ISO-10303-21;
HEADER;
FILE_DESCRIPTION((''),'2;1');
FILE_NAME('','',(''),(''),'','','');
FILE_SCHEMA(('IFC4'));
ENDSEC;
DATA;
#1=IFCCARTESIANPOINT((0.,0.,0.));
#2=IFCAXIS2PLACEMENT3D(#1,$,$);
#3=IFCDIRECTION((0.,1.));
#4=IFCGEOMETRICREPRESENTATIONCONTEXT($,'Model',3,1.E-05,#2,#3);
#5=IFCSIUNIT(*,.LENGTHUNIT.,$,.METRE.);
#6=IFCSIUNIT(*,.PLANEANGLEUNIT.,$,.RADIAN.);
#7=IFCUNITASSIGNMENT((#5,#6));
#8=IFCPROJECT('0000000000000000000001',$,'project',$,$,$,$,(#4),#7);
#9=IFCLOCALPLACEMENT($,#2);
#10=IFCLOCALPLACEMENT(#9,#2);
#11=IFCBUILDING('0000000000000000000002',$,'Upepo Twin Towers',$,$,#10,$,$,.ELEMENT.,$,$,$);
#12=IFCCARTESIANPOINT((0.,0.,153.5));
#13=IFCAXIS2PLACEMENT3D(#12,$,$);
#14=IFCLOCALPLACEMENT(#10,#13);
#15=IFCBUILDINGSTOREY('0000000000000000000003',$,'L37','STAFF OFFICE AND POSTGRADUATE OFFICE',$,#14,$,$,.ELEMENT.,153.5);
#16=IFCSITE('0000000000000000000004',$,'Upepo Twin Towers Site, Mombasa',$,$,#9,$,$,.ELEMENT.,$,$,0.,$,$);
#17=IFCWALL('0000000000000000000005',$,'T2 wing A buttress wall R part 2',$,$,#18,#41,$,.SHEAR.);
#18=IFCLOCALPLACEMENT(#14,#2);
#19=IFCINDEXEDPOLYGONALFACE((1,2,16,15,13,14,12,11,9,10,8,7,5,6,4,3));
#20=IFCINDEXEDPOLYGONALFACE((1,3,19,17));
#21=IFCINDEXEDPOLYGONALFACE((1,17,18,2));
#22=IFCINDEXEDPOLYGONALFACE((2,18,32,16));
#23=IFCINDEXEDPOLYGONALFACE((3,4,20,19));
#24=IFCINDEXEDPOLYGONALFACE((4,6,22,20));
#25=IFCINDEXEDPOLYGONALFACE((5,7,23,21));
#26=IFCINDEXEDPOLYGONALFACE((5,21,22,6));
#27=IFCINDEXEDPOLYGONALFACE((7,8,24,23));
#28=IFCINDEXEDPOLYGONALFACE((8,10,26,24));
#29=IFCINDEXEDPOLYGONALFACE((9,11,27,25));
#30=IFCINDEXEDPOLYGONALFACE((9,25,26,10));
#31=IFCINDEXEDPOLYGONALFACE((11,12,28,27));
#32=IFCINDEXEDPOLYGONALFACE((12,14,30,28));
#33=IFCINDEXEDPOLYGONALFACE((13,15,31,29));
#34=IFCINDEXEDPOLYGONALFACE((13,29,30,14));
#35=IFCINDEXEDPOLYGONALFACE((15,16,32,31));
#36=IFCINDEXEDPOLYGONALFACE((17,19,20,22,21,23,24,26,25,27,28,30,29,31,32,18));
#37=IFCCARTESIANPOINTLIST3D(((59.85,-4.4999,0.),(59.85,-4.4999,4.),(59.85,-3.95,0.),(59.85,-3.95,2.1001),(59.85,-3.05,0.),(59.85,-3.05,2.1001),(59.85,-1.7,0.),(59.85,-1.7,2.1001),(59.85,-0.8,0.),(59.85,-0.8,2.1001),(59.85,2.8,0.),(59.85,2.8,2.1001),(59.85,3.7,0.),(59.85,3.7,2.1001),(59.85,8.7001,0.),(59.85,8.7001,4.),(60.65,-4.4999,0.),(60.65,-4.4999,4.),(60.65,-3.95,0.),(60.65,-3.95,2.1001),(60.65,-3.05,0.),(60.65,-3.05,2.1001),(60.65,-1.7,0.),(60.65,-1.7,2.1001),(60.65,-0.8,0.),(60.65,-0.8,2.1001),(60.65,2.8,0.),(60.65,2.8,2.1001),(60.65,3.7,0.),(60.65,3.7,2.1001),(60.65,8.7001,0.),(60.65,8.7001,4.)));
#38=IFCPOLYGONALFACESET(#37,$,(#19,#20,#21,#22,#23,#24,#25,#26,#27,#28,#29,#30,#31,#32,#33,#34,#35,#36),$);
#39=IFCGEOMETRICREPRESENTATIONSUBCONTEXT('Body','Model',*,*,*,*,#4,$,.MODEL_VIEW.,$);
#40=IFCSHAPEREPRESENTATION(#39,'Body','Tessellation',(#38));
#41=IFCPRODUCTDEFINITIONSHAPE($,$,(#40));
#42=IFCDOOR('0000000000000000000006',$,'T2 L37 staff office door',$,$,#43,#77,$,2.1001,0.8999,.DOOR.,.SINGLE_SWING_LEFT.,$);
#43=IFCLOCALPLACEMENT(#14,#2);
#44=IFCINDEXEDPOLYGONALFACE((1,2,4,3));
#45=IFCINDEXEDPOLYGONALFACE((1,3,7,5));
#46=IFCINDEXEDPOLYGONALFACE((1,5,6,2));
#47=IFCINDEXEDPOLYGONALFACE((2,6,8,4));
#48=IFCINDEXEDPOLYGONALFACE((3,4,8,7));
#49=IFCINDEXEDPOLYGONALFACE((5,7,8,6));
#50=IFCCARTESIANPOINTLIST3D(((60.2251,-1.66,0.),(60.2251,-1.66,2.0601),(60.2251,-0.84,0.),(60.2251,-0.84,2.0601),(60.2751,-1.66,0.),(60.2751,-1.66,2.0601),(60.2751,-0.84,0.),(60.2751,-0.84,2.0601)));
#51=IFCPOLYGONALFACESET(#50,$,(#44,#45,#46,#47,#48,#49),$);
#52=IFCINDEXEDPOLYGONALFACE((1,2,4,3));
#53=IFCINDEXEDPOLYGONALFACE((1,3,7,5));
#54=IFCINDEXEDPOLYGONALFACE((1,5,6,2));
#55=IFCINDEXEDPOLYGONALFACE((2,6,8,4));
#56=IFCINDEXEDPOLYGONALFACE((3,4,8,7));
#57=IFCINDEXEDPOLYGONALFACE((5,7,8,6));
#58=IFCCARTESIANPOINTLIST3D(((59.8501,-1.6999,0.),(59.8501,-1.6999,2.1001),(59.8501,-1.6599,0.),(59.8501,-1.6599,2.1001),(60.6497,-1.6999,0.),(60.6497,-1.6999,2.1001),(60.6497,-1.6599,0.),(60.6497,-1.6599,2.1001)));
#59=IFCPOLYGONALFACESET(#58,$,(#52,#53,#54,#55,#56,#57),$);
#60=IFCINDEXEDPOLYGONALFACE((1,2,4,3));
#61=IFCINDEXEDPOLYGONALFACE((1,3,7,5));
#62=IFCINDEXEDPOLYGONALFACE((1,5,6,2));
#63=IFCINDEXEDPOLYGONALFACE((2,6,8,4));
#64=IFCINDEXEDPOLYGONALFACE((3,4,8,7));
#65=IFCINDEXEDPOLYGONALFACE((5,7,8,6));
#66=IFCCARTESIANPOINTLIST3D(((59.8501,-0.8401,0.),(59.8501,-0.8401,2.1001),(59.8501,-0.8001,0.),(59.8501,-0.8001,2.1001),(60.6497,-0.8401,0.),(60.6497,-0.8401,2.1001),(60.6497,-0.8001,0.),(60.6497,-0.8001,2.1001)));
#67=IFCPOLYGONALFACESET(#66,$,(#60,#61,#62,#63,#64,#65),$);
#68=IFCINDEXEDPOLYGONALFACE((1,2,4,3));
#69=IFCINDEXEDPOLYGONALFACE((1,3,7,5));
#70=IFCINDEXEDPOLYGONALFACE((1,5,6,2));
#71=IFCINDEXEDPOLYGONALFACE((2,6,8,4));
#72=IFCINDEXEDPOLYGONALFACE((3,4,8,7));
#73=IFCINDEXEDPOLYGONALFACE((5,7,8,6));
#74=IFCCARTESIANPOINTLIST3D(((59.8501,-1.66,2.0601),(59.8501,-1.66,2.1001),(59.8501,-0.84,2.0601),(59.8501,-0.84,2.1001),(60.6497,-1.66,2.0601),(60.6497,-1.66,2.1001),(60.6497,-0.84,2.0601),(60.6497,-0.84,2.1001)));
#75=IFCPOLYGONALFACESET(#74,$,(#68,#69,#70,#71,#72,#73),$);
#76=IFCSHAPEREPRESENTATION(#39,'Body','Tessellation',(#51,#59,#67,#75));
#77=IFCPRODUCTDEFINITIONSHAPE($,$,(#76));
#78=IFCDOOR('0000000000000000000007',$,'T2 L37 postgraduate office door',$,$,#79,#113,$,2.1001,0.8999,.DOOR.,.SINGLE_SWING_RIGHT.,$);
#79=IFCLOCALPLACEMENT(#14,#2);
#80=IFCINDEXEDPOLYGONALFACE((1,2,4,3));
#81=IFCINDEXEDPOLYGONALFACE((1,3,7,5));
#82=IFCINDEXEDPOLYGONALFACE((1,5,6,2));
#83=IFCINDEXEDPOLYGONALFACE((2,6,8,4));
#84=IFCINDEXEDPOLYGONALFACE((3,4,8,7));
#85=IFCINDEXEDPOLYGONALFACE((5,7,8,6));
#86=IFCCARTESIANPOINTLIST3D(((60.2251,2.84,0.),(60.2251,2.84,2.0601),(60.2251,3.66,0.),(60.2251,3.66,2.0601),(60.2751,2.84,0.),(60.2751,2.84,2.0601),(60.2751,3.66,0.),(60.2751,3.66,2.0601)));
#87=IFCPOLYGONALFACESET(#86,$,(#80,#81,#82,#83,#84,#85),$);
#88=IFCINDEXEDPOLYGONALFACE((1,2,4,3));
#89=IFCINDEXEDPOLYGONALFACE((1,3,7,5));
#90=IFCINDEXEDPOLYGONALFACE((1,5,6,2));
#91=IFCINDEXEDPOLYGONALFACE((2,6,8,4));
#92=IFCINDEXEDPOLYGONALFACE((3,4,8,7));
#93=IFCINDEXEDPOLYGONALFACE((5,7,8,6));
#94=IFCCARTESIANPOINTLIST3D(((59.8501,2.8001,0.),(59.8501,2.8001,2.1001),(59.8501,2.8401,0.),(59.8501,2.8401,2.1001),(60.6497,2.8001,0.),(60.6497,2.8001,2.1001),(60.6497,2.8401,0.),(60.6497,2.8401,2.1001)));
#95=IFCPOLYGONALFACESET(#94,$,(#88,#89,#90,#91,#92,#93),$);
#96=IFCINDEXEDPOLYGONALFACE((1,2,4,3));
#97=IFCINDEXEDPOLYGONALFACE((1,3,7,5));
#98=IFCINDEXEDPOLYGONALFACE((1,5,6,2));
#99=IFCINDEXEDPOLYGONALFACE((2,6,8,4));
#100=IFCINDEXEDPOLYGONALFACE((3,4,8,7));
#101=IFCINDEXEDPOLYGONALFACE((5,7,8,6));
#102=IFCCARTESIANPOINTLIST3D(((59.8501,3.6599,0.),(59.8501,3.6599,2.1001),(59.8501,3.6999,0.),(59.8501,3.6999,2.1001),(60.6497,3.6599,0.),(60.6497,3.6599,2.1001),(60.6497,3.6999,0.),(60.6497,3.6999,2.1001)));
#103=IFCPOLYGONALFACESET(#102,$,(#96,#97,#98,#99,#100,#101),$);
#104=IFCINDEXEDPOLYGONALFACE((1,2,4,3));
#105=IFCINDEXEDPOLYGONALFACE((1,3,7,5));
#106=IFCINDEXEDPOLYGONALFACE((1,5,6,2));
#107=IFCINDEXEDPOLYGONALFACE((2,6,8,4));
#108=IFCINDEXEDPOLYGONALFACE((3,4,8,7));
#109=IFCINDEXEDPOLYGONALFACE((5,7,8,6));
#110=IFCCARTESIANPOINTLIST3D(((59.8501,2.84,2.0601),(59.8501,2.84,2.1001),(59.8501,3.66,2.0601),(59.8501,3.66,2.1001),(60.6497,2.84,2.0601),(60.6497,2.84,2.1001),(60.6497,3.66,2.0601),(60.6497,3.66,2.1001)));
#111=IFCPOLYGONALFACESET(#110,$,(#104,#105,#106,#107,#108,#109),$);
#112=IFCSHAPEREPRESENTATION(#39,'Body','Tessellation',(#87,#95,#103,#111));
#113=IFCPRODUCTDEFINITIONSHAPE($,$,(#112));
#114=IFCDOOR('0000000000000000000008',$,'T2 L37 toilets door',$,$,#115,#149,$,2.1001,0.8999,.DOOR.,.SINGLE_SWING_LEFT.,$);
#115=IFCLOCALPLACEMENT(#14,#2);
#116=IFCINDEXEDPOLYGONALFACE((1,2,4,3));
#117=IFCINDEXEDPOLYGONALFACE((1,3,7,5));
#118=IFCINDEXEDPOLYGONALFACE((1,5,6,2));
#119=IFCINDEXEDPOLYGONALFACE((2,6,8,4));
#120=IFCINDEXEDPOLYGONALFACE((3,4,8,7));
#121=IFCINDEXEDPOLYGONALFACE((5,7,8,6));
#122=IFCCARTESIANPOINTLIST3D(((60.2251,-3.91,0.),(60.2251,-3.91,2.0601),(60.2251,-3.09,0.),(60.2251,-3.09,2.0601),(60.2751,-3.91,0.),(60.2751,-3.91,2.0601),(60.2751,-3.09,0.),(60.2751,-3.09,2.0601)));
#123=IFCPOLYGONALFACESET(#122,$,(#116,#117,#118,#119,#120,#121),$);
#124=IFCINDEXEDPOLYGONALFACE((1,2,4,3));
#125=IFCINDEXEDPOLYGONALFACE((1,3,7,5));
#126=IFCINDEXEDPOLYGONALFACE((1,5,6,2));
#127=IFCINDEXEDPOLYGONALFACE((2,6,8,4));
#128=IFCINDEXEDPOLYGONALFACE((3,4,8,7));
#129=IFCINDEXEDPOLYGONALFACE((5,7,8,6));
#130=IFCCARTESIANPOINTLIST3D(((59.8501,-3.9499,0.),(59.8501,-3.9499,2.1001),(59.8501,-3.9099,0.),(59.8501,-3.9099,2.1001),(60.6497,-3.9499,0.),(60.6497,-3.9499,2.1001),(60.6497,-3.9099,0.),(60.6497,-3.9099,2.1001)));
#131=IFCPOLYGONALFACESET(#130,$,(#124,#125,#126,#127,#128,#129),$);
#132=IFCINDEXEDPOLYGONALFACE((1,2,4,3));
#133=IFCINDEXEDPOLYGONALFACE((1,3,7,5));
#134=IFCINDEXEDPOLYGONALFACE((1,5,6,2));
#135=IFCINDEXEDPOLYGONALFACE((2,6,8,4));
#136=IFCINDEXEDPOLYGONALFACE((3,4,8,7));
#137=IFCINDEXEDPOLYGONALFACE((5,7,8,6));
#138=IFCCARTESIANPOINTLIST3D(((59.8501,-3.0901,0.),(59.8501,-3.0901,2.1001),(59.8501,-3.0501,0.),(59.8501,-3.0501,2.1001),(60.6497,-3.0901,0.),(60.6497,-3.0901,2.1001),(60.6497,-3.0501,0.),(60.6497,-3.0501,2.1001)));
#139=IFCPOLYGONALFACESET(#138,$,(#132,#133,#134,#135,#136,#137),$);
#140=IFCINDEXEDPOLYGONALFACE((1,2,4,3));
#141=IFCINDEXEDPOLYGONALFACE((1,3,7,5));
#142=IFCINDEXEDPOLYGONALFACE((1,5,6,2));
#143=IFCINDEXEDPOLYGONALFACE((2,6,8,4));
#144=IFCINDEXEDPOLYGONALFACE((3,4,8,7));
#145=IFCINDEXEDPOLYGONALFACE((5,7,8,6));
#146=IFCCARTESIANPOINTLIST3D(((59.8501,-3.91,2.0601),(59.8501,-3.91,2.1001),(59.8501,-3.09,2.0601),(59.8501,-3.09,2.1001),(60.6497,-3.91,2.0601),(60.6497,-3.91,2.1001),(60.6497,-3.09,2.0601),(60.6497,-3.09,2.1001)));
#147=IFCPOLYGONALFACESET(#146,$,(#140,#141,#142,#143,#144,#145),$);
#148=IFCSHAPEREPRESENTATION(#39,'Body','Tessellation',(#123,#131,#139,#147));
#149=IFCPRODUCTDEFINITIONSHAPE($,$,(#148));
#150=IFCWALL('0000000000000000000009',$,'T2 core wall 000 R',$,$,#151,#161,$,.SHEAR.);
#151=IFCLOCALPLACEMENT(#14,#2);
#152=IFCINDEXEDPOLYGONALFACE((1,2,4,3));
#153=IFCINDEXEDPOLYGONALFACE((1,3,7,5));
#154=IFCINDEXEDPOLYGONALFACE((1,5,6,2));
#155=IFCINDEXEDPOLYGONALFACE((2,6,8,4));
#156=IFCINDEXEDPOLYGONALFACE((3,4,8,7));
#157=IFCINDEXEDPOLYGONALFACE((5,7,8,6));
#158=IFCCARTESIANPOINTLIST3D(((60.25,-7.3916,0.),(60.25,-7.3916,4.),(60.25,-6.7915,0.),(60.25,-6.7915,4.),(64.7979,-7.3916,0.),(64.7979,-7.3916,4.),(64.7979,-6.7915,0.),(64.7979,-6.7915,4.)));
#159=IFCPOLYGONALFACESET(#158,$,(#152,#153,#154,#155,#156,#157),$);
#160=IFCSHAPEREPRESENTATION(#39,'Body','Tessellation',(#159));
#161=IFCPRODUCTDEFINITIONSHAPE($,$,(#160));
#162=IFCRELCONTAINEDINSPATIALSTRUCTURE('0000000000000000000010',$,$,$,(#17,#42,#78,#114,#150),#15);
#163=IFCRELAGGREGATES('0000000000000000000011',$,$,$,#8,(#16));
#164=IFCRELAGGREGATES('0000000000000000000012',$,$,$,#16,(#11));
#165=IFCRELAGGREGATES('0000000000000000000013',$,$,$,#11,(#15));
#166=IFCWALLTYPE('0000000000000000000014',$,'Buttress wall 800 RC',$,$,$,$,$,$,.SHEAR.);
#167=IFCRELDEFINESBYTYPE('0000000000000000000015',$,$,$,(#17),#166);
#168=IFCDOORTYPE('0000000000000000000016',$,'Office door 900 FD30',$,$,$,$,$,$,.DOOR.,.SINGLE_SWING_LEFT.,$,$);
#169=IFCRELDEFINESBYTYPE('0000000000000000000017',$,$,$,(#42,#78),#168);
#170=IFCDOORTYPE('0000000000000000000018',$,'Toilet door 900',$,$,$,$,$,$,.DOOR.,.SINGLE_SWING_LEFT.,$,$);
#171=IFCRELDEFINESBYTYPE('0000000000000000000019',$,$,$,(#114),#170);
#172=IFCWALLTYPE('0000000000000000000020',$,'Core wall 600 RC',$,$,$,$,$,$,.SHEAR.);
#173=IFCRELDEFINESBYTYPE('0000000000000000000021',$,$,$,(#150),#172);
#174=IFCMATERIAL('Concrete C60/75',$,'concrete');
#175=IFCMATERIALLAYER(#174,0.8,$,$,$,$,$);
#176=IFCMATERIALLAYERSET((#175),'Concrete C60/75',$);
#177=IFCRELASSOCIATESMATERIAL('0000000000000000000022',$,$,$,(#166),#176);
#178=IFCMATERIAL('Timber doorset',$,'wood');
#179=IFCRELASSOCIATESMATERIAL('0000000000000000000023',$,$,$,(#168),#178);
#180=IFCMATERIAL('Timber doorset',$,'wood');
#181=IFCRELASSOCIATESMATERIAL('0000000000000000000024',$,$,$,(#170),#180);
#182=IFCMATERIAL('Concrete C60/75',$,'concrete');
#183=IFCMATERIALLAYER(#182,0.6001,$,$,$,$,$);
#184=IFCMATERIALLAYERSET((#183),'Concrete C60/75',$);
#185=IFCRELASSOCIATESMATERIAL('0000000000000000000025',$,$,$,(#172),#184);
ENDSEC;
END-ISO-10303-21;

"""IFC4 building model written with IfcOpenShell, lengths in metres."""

from ifc_helpers import new_model, si_unit, direction, frame, frame_2d, origin, place, context, subcontext, project, spatial, rectangle, extrude, material, layer, layer_set, type_object, element, fill, save


model = new_model("IFC4")

# Units and contexts
model_context = context("Model", 3, precision=1e-05, world=origin(), true_north=direction((0.0, 1.0)))
body_context = subcontext(model_context, "Body", "Model", "MODEL_VIEW")
ifc_project = project(units=[si_unit("LENGTHUNIT", "METRE"), si_unit("PLANEANGLEUNIT", "RADIAN")], contexts=[model_context])

# Site, building, storey
site_placement = place(None, origin())
site = spatial("IfcSite", under=ifc_project, at=site_placement, Name="Upepo Twin Towers Site, Mombasa", CompositionType="ELEMENT", RefElevation=0.0)
building_placement = place(site_placement, origin())
building = spatial("IfcBuilding", under=site, at=building_placement, Name="Upepo Twin Towers", CompositionType="ELEMENT")
storey_placement = place(building_placement, frame((0.0, 0.0, 153.5)))
storey = spatial("IfcBuildingStorey", under=building, at=storey_placement, Name="L37", Description="STAFF OFFICE AND POSTGRADUATE OFFICE", CompositionType="ELEMENT", Elevation=153.5)

# Wall, openings, doors
ifc_material_1 = material(Name="Concrete C60/75", Category="concrete")
ifc_layer_1 = layer(ifc_material_1, 0.8)
ifc_layer_set_1 = layer_set([ifc_layer_1], Name="Concrete C60/75")
wall_type_1 = type_object("IfcWallType", Name="Buttress wall 800 RC", PredefinedType="SHEAR", material=ifc_layer_set_1)
ifc_material_2 = material(Name="Timber doorset", Category="wood")
door_type_1 = type_object("IfcDoorType", Name="Office door 900 FD30", OperationType="SINGLE_SWING_LEFT", PredefinedType="DOOR", material=ifc_material_2)
ifc_material_3 = material(Name="Timber doorset", Category="wood")
door_type_2 = type_object("IfcDoorType", Name="Toilet door 900", OperationType="SINGLE_SWING_LEFT", PredefinedType="DOOR", material=ifc_material_3)
wall_1_placement = place(storey_placement, frame((60.25, -4.5, 0.0), z_axis=(0.0, 0.0, 1.0), x_axis=(0.0, 1.0, 0.0)))
wall_1 = element("IfcWall", 1, at=wall_1_placement, inside=storey, type_object=wall_type_1, Name="T2 wing A buttress wall R part 2", PredefinedType="SHEAR", context=body_context, shape_type="SweptSolid", body=[
    extrude(rectangle(XDim=13.2, YDim=0.8, at=frame_2d((6.6001, 0.0))), origin(), (0.0, 0.0, 1.0), 4.0),
])
opening_1_placement = place(wall_1_placement, frame((0.55, 0.0, 0.0)))
opening_1 = element("IfcOpeningElement", 2, at=opening_1_placement, cuts=wall_1, PredefinedType="OPENING", context=body_context, shape_type="SweptSolid", body=[
    extrude(rectangle(XDim=0.8999, YDim=2.1001, at=frame_2d((0.45, 1.05))), frame((0.0, 0.4099, 0.0), z_axis=(0.0, -1.0, 0.0), x_axis=(1.0, 0.0, 0.0)), (0.0, 0.0, 1.0), 0.8201),
])
opening_2_placement = place(wall_1_placement, frame((2.8, 0.0, 0.0)))
opening_2 = element("IfcOpeningElement", 3, at=opening_2_placement, cuts=wall_1, PredefinedType="OPENING", context=body_context, shape_type="SweptSolid", body=[
    extrude(rectangle(XDim=0.8999, YDim=2.1001, at=frame_2d((0.45, 1.05))), frame((0.0, 0.4099, 0.0), z_axis=(0.0, -1.0, 0.0), x_axis=(1.0, 0.0, 0.0)), (0.0, 0.0, 1.0), 0.8201),
])
opening_3_placement = place(wall_1_placement, frame((7.3, 0.0, 0.0)))
opening_3 = element("IfcOpeningElement", 4, at=opening_3_placement, cuts=wall_1, PredefinedType="OPENING", context=body_context, shape_type="SweptSolid", body=[
    extrude(rectangle(XDim=0.8999, YDim=2.1001, at=frame_2d((0.45, 1.05))), frame((0.0, 0.4099, 0.0), z_axis=(0.0, -1.0, 0.0), x_axis=(1.0, 0.0, 0.0)), (0.0, 0.0, 1.0), 0.8201),
])
door_1_placement = place(opening_2_placement, origin())
door_1 = element("IfcDoor", 5, at=door_1_placement, inside=storey, type_object=door_type_1, Name="T2 L37 staff office door", OperationType="SINGLE_SWING_LEFT", OverallHeight=2.1001, OverallWidth=0.8999, PredefinedType="DOOR", context=body_context, shape_type="SweptSolid", body=[
    extrude(rectangle(XDim=0.8199, YDim=2.0601, at=frame_2d((0.45, 1.03))), frame((0.0, 0.0249, 0.0), z_axis=(0.0, -1.0, 0.0), x_axis=(1.0, 0.0, 0.0)), (0.0, 0.0, 1.0), 0.05),
    extrude(rectangle(XDim=0.04, YDim=2.1001, at=frame_2d((0.02, 1.05))), frame((0.0, 0.3999, 0.0), z_axis=(0.0, -1.0, 0.0), x_axis=(1.0, 0.0, 0.0)), (0.0, 0.0, 1.0), 0.7996),
    extrude(rectangle(XDim=0.04, YDim=2.1001, at=frame_2d((0.8799, 1.05))), frame((0.0, 0.3999, 0.0), z_axis=(0.0, -1.0, 0.0), x_axis=(1.0, 0.0, 0.0)), (0.0, 0.0, 1.0), 0.7996),
    extrude(rectangle(XDim=0.8199, YDim=0.04, at=frame_2d((0.45, 2.0801))), frame((0.0, 0.3999, 0.0), z_axis=(0.0, -1.0, 0.0), x_axis=(1.0, 0.0, 0.0)), (0.0, 0.0, 1.0), 0.7996),
])
fill(opening_2, door_1)
door_2_placement = place(opening_3_placement, origin())
door_2 = element("IfcDoor", 6, at=door_2_placement, inside=storey, type_object=door_type_1, Name="T2 L37 postgraduate office door", OperationType="SINGLE_SWING_RIGHT", OverallHeight=2.1001, OverallWidth=0.8999, PredefinedType="DOOR", context=body_context, shape_type="SweptSolid", body=[
    extrude(rectangle(XDim=0.8199, YDim=2.0601, at=frame_2d((0.45, 1.03))), frame((0.0, 0.0249, 0.0), z_axis=(0.0, -1.0, 0.0), x_axis=(1.0, 0.0, 0.0)), (0.0, 0.0, 1.0), 0.05),
    extrude(rectangle(XDim=0.04, YDim=2.1001, at=frame_2d((0.02, 1.05))), frame((0.0, 0.3999, 0.0), z_axis=(0.0, -1.0, 0.0), x_axis=(1.0, 0.0, 0.0)), (0.0, 0.0, 1.0), 0.7996),
    extrude(rectangle(XDim=0.04, YDim=2.1001, at=frame_2d((0.8799, 1.05))), frame((0.0, 0.3999, 0.0), z_axis=(0.0, -1.0, 0.0), x_axis=(1.0, 0.0, 0.0)), (0.0, 0.0, 1.0), 0.7996),
    extrude(rectangle(XDim=0.8199, YDim=0.04, at=frame_2d((0.45, 2.0801))), frame((0.0, 0.3999, 0.0), z_axis=(0.0, -1.0, 0.0), x_axis=(1.0, 0.0, 0.0)), (0.0, 0.0, 1.0), 0.7996),
])
fill(opening_3, door_2)
door_3_placement = place(opening_1_placement, origin())
door_3 = element("IfcDoor", 7, at=door_3_placement, inside=storey, type_object=door_type_2, Name="T2 L37 toilets door", OperationType="SINGLE_SWING_LEFT", OverallHeight=2.1001, OverallWidth=0.8999, PredefinedType="DOOR", context=body_context, shape_type="SweptSolid", body=[
    extrude(rectangle(XDim=0.8199, YDim=2.0601, at=frame_2d((0.45, 1.03))), frame((0.0, 0.0249, 0.0), z_axis=(0.0, -1.0, 0.0), x_axis=(1.0, 0.0, 0.0)), (0.0, 0.0, 1.0), 0.05),
    extrude(rectangle(XDim=0.04, YDim=2.1001, at=frame_2d((0.02, 1.05))), frame((0.0, 0.3999, 0.0), z_axis=(0.0, -1.0, 0.0), x_axis=(1.0, 0.0, 0.0)), (0.0, 0.0, 1.0), 0.7996),
    extrude(rectangle(XDim=0.04, YDim=2.1001, at=frame_2d((0.8799, 1.05))), frame((0.0, 0.3999, 0.0), z_axis=(0.0, -1.0, 0.0), x_axis=(1.0, 0.0, 0.0)), (0.0, 0.0, 1.0), 0.7996),
    extrude(rectangle(XDim=0.8199, YDim=0.04, at=frame_2d((0.45, 2.0801))), frame((0.0, 0.3999, 0.0), z_axis=(0.0, -1.0, 0.0), x_axis=(1.0, 0.0, 0.0)), (0.0, 0.0, 1.0), 0.7996),
])
fill(opening_1, door_3)

# Wall
ifc_material_4 = material(Name="Concrete C60/75", Category="concrete")
ifc_layer_2 = layer(ifc_material_4, 0.6001)
ifc_layer_set_2 = layer_set([ifc_layer_2], Name="Concrete C60/75")
wall_type_2 = type_object("IfcWallType", Name="Core wall 600 RC", PredefinedType="SHEAR", material=ifc_layer_set_2)
wall_2_placement = place(storey_placement, frame((64.7979, -7.0916, 0.0), z_axis=(0.0, 0.0, 1.0), x_axis=(-1.0, 0.0, 0.0)))
element("IfcWall", 8, at=wall_2_placement, inside=storey, type_object=wall_type_2, Name="T2 core wall 000 R", PredefinedType="SHEAR", context=body_context, shape_type="SweptSolid", body=[
    extrude(rectangle(XDim=4.5479, YDim=0.6001, at=frame_2d((2.2739, 0.0))), origin(), (0.0, 0.0, 1.0), 4.0),
])

save(model, "model.ifc")
